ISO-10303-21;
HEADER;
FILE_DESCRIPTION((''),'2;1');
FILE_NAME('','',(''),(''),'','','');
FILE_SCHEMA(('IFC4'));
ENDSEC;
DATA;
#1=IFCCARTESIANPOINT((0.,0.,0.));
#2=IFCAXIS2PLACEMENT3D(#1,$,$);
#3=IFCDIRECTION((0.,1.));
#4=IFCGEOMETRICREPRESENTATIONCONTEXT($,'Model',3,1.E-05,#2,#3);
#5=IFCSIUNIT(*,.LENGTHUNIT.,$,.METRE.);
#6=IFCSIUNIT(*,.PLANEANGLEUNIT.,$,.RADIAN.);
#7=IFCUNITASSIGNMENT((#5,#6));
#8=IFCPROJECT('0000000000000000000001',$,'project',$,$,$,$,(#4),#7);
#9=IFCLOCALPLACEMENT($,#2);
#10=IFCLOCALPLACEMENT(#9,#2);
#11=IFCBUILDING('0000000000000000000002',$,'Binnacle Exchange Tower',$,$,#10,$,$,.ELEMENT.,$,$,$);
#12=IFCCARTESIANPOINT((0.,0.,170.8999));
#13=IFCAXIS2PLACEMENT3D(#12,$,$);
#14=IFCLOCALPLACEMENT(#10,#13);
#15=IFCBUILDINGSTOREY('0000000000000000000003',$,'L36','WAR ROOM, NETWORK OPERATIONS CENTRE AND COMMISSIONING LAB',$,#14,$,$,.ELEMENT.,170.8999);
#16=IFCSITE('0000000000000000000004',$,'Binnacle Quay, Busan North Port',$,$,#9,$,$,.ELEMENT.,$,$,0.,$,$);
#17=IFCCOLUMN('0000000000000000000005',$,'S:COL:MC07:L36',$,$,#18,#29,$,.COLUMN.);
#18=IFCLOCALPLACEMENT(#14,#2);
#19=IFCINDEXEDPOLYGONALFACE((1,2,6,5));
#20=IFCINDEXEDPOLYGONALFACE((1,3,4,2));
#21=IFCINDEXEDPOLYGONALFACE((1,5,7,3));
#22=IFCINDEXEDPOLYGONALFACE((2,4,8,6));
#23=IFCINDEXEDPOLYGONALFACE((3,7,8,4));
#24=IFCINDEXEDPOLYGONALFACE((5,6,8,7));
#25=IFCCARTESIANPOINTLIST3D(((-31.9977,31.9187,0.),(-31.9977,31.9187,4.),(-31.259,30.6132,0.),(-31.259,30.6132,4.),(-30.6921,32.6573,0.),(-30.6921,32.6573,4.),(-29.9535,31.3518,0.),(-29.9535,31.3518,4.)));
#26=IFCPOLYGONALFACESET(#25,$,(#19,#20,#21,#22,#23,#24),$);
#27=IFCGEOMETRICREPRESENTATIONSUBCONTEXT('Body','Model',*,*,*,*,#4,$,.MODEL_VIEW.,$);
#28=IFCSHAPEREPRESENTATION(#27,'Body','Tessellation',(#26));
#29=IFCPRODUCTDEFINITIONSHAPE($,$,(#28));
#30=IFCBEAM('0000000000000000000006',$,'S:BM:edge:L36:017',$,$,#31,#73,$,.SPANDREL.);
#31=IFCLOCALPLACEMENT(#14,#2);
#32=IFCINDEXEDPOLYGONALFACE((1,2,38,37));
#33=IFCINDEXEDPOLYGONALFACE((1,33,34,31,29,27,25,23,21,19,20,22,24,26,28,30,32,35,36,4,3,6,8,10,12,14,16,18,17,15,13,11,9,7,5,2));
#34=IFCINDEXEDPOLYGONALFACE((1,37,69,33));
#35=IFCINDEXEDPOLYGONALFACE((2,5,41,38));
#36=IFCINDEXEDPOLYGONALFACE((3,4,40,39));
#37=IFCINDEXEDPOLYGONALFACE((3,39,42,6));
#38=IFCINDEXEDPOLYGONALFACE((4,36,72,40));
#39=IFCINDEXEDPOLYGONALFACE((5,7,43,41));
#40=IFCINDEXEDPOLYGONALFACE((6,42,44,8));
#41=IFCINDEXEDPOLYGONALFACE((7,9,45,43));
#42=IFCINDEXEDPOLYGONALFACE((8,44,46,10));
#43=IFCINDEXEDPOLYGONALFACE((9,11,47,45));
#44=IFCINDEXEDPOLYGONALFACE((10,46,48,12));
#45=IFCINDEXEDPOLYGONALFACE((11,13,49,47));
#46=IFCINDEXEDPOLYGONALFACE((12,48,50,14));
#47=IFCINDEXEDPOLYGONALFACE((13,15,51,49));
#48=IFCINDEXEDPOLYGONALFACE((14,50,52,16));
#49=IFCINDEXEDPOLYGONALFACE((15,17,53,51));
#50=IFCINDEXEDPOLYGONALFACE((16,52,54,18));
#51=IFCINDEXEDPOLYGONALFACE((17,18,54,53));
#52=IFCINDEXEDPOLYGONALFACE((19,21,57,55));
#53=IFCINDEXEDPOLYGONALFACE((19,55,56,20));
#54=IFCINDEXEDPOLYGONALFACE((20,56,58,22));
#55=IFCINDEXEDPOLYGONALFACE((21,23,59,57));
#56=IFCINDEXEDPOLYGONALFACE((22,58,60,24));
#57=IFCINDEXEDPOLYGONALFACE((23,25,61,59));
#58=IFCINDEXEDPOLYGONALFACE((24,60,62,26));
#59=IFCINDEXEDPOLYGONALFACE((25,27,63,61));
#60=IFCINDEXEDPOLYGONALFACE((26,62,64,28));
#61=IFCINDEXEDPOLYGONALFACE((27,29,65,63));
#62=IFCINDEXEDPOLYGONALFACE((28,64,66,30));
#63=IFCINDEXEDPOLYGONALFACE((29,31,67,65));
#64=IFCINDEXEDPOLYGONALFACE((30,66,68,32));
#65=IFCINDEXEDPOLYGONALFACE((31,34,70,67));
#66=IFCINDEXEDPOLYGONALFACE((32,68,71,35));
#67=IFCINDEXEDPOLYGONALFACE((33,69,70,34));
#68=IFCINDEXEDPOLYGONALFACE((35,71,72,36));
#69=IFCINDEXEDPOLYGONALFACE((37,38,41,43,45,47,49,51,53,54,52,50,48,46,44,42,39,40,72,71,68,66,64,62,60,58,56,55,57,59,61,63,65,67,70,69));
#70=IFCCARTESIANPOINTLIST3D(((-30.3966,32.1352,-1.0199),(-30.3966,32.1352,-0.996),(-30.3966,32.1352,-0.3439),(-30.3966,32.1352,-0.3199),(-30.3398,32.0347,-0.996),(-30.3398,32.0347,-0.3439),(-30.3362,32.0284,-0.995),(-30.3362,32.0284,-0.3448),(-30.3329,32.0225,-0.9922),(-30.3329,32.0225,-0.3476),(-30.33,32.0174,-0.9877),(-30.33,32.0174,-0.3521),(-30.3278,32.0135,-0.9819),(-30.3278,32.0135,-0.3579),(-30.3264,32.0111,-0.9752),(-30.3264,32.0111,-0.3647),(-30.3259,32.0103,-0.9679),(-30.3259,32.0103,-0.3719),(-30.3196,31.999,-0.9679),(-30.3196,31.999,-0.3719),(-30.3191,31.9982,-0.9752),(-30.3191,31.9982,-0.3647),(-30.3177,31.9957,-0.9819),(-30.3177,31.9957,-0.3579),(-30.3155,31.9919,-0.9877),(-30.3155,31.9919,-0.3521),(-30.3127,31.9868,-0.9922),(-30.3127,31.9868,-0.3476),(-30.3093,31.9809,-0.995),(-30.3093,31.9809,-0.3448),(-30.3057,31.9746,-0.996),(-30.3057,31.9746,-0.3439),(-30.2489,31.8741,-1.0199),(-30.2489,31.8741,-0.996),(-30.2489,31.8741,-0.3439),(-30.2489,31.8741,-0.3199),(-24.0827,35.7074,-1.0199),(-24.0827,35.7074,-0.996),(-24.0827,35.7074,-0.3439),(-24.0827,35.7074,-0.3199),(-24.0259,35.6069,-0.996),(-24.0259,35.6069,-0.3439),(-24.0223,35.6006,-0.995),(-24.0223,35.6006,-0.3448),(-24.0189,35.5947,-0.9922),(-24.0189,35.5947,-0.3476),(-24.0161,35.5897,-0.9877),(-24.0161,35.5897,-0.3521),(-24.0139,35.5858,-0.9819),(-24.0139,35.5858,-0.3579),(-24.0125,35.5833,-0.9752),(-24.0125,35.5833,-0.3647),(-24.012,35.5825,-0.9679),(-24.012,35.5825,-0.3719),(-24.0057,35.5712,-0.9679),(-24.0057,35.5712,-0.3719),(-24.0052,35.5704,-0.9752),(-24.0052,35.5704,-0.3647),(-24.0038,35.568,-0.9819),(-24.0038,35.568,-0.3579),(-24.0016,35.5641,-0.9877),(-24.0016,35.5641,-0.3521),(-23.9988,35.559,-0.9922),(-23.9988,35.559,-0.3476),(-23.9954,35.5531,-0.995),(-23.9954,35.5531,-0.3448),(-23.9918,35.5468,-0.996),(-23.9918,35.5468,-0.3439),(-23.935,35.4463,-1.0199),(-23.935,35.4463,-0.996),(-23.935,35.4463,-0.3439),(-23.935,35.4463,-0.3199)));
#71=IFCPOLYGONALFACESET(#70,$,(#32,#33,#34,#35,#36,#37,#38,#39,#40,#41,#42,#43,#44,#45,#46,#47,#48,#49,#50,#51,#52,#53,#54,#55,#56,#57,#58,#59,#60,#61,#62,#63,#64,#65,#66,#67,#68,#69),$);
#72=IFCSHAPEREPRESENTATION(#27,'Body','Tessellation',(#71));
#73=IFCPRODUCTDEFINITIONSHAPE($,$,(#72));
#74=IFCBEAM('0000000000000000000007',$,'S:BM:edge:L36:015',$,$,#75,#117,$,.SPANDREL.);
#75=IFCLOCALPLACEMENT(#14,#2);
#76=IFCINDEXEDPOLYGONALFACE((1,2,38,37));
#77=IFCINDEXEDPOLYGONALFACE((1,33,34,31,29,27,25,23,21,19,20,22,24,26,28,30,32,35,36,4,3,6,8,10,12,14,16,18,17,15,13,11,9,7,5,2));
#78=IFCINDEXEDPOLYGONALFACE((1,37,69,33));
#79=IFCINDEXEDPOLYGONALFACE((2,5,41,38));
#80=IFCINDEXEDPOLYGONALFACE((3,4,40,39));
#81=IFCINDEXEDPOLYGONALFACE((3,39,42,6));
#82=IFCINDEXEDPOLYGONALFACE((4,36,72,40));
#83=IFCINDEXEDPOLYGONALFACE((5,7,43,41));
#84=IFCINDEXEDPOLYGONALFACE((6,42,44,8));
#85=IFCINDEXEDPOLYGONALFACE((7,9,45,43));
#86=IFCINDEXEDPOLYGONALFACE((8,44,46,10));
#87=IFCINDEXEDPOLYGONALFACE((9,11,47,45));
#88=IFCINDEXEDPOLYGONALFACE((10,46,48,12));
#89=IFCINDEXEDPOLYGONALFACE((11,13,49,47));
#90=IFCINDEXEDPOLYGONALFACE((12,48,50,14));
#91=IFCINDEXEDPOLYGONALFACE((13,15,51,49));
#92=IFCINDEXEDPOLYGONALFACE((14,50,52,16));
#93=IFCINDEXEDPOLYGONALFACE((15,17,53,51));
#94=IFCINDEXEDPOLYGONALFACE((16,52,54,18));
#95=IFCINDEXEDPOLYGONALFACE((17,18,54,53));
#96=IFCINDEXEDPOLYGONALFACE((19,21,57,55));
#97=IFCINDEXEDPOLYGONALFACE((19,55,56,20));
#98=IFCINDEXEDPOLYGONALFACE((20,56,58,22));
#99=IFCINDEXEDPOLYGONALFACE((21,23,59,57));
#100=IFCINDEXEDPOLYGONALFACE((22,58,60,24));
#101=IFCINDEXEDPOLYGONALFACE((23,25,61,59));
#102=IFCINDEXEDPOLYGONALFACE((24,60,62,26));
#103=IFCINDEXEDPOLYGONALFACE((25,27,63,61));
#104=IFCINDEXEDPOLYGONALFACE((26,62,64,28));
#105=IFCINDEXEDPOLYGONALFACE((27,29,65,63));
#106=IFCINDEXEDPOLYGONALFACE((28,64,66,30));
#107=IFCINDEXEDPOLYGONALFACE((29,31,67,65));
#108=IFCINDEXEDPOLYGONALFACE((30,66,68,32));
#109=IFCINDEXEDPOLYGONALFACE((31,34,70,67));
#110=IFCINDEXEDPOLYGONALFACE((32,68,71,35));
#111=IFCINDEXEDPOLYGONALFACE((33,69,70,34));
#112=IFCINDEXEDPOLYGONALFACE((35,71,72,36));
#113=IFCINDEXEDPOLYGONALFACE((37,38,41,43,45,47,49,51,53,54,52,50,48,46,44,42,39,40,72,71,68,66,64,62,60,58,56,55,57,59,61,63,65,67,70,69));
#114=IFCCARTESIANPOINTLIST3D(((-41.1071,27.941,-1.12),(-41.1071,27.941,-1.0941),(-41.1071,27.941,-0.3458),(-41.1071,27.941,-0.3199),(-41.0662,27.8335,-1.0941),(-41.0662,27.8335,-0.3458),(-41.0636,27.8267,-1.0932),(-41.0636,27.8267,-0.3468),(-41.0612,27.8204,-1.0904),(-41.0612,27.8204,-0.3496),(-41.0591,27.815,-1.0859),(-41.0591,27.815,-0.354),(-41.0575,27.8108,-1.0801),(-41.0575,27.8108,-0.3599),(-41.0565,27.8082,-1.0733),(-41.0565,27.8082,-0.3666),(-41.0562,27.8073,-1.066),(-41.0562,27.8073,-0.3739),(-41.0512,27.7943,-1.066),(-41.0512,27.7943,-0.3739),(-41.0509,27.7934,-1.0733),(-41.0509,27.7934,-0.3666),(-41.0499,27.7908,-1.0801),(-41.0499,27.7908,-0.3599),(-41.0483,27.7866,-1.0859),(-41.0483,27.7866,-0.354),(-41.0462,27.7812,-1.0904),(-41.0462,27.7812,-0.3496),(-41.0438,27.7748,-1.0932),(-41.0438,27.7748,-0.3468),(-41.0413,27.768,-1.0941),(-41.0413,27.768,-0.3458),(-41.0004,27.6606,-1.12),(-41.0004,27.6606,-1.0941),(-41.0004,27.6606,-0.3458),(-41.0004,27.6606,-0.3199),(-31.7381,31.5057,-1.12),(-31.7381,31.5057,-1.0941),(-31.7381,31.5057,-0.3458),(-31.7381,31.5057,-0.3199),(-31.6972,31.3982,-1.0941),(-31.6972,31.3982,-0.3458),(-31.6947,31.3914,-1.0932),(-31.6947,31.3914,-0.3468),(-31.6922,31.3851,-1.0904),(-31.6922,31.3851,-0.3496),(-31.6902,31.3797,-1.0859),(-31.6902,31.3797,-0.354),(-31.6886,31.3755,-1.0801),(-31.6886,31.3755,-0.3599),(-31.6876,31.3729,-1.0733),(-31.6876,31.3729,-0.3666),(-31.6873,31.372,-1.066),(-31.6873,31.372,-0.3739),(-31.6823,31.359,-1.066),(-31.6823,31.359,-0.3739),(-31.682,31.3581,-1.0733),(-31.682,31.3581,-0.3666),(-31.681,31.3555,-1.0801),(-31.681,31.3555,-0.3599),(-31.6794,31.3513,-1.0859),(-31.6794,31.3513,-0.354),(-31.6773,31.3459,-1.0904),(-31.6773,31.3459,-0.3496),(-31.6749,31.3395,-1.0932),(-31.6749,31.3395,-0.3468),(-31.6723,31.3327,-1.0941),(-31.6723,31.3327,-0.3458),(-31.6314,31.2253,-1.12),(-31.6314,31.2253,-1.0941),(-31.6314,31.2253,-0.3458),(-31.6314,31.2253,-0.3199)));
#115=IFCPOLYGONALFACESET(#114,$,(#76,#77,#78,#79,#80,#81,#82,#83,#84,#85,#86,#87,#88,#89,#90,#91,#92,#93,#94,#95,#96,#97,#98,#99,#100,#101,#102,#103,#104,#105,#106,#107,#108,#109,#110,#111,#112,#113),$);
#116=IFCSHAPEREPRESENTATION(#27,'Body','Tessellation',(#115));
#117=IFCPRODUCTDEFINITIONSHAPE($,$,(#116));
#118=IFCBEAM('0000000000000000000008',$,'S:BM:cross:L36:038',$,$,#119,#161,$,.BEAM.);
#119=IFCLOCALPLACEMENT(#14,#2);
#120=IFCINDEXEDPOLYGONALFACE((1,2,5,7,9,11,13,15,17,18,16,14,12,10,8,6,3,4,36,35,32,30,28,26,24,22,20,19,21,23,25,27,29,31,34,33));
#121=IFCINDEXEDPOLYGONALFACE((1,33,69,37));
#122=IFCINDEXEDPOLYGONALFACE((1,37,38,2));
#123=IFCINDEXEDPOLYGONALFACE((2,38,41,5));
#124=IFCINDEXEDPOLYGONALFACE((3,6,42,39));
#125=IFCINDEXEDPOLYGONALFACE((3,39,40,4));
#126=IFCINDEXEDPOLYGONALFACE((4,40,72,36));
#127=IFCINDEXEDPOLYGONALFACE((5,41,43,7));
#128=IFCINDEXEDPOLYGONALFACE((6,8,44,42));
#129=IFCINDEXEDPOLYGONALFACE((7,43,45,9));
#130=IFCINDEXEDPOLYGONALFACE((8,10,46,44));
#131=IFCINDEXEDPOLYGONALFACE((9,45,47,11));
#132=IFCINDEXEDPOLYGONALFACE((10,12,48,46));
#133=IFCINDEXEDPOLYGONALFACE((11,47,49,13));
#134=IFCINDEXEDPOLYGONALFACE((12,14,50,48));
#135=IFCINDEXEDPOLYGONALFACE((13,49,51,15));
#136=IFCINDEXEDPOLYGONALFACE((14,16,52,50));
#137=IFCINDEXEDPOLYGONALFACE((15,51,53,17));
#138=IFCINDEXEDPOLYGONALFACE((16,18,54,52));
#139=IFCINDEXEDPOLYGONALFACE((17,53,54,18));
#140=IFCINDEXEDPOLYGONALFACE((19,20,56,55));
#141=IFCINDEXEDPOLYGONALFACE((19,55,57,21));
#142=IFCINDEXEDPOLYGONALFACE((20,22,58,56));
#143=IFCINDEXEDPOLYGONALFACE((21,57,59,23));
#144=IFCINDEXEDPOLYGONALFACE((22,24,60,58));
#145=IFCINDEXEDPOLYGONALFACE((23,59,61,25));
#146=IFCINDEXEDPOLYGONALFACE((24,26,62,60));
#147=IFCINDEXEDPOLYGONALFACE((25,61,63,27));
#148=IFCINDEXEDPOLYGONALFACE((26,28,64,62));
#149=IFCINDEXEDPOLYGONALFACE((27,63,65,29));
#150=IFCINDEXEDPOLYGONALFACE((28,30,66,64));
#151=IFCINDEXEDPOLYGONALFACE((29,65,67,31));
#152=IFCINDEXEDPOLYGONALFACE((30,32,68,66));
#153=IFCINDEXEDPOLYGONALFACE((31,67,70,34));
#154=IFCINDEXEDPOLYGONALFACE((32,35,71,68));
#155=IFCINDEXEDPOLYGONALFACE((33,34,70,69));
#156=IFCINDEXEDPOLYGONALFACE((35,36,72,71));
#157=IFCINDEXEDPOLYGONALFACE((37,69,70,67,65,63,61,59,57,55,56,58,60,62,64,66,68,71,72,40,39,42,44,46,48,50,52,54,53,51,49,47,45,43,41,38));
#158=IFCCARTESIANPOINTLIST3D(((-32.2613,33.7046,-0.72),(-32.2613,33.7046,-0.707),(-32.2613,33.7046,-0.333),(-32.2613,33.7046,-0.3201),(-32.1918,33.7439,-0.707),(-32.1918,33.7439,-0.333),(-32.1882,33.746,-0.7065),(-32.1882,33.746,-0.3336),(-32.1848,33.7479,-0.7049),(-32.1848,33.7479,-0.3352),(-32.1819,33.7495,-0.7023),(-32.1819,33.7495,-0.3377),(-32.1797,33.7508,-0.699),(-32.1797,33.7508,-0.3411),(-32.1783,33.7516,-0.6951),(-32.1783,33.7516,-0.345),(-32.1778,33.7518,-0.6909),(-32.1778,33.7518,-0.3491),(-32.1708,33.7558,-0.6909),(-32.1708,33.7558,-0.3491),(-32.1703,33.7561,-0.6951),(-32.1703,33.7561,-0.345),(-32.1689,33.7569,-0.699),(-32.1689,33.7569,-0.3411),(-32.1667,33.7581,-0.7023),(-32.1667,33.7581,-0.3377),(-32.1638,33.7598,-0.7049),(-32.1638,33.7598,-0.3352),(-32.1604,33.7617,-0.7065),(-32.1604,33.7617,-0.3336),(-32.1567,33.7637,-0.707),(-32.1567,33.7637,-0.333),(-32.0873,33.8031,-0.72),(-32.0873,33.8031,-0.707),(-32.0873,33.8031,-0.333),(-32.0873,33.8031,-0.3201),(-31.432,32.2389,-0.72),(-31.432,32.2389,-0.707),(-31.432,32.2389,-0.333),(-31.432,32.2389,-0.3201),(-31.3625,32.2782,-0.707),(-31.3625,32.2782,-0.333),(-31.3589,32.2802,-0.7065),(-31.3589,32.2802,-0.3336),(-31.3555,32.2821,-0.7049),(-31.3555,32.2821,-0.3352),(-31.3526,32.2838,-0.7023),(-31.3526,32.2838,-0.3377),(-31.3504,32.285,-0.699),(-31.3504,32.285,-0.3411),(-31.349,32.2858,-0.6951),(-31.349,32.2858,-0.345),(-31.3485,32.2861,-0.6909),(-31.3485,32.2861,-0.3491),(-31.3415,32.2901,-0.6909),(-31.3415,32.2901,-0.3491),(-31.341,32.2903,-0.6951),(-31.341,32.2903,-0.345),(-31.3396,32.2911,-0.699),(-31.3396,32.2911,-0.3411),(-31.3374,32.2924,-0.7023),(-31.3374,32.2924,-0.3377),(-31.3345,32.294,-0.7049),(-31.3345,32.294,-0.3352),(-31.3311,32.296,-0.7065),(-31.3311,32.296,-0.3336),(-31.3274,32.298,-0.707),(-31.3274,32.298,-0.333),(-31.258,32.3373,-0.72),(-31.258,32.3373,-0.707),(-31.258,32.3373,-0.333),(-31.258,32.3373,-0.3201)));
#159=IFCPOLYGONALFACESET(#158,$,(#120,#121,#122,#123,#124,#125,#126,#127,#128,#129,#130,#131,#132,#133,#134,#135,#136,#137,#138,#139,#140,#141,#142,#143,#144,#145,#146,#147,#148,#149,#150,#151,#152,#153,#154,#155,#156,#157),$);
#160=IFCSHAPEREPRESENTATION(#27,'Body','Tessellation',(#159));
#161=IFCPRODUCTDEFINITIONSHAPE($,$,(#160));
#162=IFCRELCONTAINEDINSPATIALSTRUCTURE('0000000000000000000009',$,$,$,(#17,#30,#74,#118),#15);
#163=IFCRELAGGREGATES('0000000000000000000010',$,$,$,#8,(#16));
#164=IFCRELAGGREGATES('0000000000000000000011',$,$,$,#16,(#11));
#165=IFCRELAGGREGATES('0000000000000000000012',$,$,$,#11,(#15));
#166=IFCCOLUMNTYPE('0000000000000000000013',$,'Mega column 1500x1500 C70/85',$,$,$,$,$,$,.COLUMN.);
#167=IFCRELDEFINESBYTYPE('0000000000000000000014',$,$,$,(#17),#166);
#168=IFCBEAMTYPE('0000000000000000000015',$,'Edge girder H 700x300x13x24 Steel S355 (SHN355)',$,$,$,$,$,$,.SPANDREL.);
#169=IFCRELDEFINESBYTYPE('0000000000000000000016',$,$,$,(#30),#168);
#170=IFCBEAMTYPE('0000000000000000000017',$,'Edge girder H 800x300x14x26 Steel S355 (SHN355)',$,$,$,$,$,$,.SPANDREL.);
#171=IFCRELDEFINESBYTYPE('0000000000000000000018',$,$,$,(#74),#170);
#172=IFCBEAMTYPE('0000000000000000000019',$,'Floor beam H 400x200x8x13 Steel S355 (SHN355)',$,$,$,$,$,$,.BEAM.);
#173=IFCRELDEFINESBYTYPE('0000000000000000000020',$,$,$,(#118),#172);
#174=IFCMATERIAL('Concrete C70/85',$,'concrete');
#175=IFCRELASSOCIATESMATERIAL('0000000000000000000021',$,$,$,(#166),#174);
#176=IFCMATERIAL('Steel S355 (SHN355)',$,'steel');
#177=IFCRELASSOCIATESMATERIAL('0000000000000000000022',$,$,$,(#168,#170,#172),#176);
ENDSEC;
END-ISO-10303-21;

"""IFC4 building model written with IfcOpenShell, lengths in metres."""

from ifc_helpers import new_model, si_unit, direction, frame, origin, origin_2d, place, context, subcontext, project, spatial, rectangle, i_section, extrude, material, material_profile, profile_set, type_object, element, save


model = new_model("IFC4")

# Units and contexts
model_context = context("Model", 3, precision=1e-05, world=origin(), true_north=direction((0.0, 1.0)))
body_context = subcontext(model_context, "Body", "Model", "MODEL_VIEW")
ifc_project = project(units=[si_unit("LENGTHUNIT", "METRE"), si_unit("PLANEANGLEUNIT", "RADIAN")], contexts=[model_context])

# Site, building, storey
site_placement = place(None, origin())
site = spatial("IfcSite", under=ifc_project, at=site_placement, Name="Binnacle Quay, Busan North Port", CompositionType="ELEMENT", RefElevation=0.0)
building_placement = place(site_placement, origin())
building = spatial("IfcBuilding", under=site, at=building_placement, Name="Binnacle Exchange Tower", CompositionType="ELEMENT")
storey_placement = place(building_placement, frame((0.0, 0.0, 170.8999)))
storey = spatial("IfcBuildingStorey", under=building, at=storey_placement, Name="L36", Description="WAR ROOM, NETWORK OPERATIONS CENTRE AND COMMISSIONING LAB", CompositionType="ELEMENT", Elevation=170.8999)

# Column
ifc_material_1 = material(Name="Concrete C70/85", Category="concrete")
ifc_material_profile_1 = material_profile(ifc_material_1, rectangle(XDim=1.5, YDim=1.5, at=origin_2d()), Name="Mega column 1500x1500 C70/85")
ifc_profile_set_1 = profile_set([ifc_material_profile_1], Name="Concrete C70/85")
column_type = type_object("IfcColumnType", Name="Mega column 1500x1500 C70/85", PredefinedType="COLUMN", material=ifc_profile_set_1)
column_placement = place(storey_placement, frame((-30.9756, 31.6353, 0.0), z_axis=(0.0, 0.0, 1.0), x_axis=(0.870356, 0.492424, 0.0)))
element("IfcColumn", 1, at=column_placement, inside=storey, type_object=column_type, Name="S:COL:MC07:L36", PredefinedType="COLUMN", context=body_context, shape_type="SweptSolid", body=[
    extrude(rectangle(XDim=1.5, YDim=1.5, at=origin_2d()), origin(), (0.0, 0.0, 1.0), 4.0),
])

# Beams
ifc_material_2 = material(Name="Steel S355 (SHN355)", Category="steel")
ifc_material_profile_2 = material_profile(ifc_material_2, i_section(OverallWidth=0.3, OverallDepth=0.7, WebThickness=0.0129, FlangeThickness=0.0239, FilletRadius=0.0281, at=origin_2d()), Name="H 700x300x13x24")
ifc_profile_set_2 = profile_set([ifc_material_profile_2], Name="Steel S355 (SHN355)")
beam_type_1 = type_object("IfcBeamType", Name="Edge girder H 700x300x13x24 Steel S355 (SHN355)", PredefinedType="SPANDREL", material=ifc_profile_set_2)
beam_1_placement = place(storey_placement, frame((-30.3228, 32.0046, -0.6699), z_axis=(0.870356, 0.492423, 0.0), x_axis=(-0.492423, 0.870356, 0.0)))
element("IfcBeam", 2, at=beam_1_placement, inside=storey, type_object=beam_type_1, Name="S:BM:edge:L36:017", PredefinedType="SPANDREL", context=body_context, shape_type="SweptSolid", body=[
    extrude(i_section(OverallWidth=0.3, OverallDepth=0.7, WebThickness=0.0129, FlangeThickness=0.0239, FilletRadius=0.0281, at=origin_2d()), origin(), (0.0, 0.0, 1.0), 7.2544),
])
ifc_material_profile_3 = material_profile(ifc_material_2, i_section(OverallWidth=0.3, OverallDepth=0.8, WebThickness=0.0139, FlangeThickness=0.0259, FilletRadius=0.0281, at=origin_2d()), Name="H 800x300x14x26")
ifc_profile_set_3 = profile_set([ifc_material_profile_3], Name="Steel S355 (SHN355)")
beam_type_2 = type_object("IfcBeamType", Name="Edge girder H 800x300x14x26 Steel S355 (SHN355)", PredefinedType="SPANDREL", material=ifc_profile_set_3)
beam_2_placement = place(storey_placement, frame((-41.0537, 27.8008, -0.72), z_axis=(0.934634, 0.355611, 0.0), x_axis=(-0.355611, 0.934634, 0.0)))
element("IfcBeam", 3, at=beam_2_placement, inside=storey, type_object=beam_type_2, Name="S:BM:edge:L36:015", PredefinedType="SPANDREL", context=body_context, shape_type="SweptSolid", body=[
    extrude(i_section(OverallWidth=0.3, OverallDepth=0.8, WebThickness=0.0139, FlangeThickness=0.0259, FilletRadius=0.0281, at=origin_2d()), origin(), (0.0, 0.0, 1.0), 10.0242),
])
ifc_material_profile_4 = material_profile(ifc_material_2, i_section(OverallWidth=0.2, OverallDepth=0.3999, WebThickness=0.0081, FlangeThickness=0.0129, FilletRadius=0.0161, at=origin_2d()), Name="H 400x200x8x13")
ifc_profile_set_4 = profile_set([ifc_material_profile_4], Name="Steel S355 (SHN355)")
beam_type_3 = type_object("IfcBeamType", Name="Floor beam H 400x200x8x13 Steel S355 (SHN355)", PredefinedType="BEAM", material=ifc_profile_set_4)
beam_3_placement = place(storey_placement, frame((-31.345, 32.2881, -0.52), z_axis=(-0.492435, 0.870349, 0.0), x_axis=(-0.870349, -0.492435, 0.0)))
element("IfcBeam", 4, at=beam_3_placement, inside=storey, type_object=beam_type_3, Name="S:BM:cross:L36:038", PredefinedType="BEAM", context=body_context, shape_type="SweptSolid", body=[
    extrude(i_section(OverallWidth=0.2, OverallDepth=0.3999, WebThickness=0.0081, FlangeThickness=0.0129, FilletRadius=0.0161, at=origin_2d()), origin(), (0.0, 0.0, 1.0), 1.6841),
])

save(model, "model.ifc")
